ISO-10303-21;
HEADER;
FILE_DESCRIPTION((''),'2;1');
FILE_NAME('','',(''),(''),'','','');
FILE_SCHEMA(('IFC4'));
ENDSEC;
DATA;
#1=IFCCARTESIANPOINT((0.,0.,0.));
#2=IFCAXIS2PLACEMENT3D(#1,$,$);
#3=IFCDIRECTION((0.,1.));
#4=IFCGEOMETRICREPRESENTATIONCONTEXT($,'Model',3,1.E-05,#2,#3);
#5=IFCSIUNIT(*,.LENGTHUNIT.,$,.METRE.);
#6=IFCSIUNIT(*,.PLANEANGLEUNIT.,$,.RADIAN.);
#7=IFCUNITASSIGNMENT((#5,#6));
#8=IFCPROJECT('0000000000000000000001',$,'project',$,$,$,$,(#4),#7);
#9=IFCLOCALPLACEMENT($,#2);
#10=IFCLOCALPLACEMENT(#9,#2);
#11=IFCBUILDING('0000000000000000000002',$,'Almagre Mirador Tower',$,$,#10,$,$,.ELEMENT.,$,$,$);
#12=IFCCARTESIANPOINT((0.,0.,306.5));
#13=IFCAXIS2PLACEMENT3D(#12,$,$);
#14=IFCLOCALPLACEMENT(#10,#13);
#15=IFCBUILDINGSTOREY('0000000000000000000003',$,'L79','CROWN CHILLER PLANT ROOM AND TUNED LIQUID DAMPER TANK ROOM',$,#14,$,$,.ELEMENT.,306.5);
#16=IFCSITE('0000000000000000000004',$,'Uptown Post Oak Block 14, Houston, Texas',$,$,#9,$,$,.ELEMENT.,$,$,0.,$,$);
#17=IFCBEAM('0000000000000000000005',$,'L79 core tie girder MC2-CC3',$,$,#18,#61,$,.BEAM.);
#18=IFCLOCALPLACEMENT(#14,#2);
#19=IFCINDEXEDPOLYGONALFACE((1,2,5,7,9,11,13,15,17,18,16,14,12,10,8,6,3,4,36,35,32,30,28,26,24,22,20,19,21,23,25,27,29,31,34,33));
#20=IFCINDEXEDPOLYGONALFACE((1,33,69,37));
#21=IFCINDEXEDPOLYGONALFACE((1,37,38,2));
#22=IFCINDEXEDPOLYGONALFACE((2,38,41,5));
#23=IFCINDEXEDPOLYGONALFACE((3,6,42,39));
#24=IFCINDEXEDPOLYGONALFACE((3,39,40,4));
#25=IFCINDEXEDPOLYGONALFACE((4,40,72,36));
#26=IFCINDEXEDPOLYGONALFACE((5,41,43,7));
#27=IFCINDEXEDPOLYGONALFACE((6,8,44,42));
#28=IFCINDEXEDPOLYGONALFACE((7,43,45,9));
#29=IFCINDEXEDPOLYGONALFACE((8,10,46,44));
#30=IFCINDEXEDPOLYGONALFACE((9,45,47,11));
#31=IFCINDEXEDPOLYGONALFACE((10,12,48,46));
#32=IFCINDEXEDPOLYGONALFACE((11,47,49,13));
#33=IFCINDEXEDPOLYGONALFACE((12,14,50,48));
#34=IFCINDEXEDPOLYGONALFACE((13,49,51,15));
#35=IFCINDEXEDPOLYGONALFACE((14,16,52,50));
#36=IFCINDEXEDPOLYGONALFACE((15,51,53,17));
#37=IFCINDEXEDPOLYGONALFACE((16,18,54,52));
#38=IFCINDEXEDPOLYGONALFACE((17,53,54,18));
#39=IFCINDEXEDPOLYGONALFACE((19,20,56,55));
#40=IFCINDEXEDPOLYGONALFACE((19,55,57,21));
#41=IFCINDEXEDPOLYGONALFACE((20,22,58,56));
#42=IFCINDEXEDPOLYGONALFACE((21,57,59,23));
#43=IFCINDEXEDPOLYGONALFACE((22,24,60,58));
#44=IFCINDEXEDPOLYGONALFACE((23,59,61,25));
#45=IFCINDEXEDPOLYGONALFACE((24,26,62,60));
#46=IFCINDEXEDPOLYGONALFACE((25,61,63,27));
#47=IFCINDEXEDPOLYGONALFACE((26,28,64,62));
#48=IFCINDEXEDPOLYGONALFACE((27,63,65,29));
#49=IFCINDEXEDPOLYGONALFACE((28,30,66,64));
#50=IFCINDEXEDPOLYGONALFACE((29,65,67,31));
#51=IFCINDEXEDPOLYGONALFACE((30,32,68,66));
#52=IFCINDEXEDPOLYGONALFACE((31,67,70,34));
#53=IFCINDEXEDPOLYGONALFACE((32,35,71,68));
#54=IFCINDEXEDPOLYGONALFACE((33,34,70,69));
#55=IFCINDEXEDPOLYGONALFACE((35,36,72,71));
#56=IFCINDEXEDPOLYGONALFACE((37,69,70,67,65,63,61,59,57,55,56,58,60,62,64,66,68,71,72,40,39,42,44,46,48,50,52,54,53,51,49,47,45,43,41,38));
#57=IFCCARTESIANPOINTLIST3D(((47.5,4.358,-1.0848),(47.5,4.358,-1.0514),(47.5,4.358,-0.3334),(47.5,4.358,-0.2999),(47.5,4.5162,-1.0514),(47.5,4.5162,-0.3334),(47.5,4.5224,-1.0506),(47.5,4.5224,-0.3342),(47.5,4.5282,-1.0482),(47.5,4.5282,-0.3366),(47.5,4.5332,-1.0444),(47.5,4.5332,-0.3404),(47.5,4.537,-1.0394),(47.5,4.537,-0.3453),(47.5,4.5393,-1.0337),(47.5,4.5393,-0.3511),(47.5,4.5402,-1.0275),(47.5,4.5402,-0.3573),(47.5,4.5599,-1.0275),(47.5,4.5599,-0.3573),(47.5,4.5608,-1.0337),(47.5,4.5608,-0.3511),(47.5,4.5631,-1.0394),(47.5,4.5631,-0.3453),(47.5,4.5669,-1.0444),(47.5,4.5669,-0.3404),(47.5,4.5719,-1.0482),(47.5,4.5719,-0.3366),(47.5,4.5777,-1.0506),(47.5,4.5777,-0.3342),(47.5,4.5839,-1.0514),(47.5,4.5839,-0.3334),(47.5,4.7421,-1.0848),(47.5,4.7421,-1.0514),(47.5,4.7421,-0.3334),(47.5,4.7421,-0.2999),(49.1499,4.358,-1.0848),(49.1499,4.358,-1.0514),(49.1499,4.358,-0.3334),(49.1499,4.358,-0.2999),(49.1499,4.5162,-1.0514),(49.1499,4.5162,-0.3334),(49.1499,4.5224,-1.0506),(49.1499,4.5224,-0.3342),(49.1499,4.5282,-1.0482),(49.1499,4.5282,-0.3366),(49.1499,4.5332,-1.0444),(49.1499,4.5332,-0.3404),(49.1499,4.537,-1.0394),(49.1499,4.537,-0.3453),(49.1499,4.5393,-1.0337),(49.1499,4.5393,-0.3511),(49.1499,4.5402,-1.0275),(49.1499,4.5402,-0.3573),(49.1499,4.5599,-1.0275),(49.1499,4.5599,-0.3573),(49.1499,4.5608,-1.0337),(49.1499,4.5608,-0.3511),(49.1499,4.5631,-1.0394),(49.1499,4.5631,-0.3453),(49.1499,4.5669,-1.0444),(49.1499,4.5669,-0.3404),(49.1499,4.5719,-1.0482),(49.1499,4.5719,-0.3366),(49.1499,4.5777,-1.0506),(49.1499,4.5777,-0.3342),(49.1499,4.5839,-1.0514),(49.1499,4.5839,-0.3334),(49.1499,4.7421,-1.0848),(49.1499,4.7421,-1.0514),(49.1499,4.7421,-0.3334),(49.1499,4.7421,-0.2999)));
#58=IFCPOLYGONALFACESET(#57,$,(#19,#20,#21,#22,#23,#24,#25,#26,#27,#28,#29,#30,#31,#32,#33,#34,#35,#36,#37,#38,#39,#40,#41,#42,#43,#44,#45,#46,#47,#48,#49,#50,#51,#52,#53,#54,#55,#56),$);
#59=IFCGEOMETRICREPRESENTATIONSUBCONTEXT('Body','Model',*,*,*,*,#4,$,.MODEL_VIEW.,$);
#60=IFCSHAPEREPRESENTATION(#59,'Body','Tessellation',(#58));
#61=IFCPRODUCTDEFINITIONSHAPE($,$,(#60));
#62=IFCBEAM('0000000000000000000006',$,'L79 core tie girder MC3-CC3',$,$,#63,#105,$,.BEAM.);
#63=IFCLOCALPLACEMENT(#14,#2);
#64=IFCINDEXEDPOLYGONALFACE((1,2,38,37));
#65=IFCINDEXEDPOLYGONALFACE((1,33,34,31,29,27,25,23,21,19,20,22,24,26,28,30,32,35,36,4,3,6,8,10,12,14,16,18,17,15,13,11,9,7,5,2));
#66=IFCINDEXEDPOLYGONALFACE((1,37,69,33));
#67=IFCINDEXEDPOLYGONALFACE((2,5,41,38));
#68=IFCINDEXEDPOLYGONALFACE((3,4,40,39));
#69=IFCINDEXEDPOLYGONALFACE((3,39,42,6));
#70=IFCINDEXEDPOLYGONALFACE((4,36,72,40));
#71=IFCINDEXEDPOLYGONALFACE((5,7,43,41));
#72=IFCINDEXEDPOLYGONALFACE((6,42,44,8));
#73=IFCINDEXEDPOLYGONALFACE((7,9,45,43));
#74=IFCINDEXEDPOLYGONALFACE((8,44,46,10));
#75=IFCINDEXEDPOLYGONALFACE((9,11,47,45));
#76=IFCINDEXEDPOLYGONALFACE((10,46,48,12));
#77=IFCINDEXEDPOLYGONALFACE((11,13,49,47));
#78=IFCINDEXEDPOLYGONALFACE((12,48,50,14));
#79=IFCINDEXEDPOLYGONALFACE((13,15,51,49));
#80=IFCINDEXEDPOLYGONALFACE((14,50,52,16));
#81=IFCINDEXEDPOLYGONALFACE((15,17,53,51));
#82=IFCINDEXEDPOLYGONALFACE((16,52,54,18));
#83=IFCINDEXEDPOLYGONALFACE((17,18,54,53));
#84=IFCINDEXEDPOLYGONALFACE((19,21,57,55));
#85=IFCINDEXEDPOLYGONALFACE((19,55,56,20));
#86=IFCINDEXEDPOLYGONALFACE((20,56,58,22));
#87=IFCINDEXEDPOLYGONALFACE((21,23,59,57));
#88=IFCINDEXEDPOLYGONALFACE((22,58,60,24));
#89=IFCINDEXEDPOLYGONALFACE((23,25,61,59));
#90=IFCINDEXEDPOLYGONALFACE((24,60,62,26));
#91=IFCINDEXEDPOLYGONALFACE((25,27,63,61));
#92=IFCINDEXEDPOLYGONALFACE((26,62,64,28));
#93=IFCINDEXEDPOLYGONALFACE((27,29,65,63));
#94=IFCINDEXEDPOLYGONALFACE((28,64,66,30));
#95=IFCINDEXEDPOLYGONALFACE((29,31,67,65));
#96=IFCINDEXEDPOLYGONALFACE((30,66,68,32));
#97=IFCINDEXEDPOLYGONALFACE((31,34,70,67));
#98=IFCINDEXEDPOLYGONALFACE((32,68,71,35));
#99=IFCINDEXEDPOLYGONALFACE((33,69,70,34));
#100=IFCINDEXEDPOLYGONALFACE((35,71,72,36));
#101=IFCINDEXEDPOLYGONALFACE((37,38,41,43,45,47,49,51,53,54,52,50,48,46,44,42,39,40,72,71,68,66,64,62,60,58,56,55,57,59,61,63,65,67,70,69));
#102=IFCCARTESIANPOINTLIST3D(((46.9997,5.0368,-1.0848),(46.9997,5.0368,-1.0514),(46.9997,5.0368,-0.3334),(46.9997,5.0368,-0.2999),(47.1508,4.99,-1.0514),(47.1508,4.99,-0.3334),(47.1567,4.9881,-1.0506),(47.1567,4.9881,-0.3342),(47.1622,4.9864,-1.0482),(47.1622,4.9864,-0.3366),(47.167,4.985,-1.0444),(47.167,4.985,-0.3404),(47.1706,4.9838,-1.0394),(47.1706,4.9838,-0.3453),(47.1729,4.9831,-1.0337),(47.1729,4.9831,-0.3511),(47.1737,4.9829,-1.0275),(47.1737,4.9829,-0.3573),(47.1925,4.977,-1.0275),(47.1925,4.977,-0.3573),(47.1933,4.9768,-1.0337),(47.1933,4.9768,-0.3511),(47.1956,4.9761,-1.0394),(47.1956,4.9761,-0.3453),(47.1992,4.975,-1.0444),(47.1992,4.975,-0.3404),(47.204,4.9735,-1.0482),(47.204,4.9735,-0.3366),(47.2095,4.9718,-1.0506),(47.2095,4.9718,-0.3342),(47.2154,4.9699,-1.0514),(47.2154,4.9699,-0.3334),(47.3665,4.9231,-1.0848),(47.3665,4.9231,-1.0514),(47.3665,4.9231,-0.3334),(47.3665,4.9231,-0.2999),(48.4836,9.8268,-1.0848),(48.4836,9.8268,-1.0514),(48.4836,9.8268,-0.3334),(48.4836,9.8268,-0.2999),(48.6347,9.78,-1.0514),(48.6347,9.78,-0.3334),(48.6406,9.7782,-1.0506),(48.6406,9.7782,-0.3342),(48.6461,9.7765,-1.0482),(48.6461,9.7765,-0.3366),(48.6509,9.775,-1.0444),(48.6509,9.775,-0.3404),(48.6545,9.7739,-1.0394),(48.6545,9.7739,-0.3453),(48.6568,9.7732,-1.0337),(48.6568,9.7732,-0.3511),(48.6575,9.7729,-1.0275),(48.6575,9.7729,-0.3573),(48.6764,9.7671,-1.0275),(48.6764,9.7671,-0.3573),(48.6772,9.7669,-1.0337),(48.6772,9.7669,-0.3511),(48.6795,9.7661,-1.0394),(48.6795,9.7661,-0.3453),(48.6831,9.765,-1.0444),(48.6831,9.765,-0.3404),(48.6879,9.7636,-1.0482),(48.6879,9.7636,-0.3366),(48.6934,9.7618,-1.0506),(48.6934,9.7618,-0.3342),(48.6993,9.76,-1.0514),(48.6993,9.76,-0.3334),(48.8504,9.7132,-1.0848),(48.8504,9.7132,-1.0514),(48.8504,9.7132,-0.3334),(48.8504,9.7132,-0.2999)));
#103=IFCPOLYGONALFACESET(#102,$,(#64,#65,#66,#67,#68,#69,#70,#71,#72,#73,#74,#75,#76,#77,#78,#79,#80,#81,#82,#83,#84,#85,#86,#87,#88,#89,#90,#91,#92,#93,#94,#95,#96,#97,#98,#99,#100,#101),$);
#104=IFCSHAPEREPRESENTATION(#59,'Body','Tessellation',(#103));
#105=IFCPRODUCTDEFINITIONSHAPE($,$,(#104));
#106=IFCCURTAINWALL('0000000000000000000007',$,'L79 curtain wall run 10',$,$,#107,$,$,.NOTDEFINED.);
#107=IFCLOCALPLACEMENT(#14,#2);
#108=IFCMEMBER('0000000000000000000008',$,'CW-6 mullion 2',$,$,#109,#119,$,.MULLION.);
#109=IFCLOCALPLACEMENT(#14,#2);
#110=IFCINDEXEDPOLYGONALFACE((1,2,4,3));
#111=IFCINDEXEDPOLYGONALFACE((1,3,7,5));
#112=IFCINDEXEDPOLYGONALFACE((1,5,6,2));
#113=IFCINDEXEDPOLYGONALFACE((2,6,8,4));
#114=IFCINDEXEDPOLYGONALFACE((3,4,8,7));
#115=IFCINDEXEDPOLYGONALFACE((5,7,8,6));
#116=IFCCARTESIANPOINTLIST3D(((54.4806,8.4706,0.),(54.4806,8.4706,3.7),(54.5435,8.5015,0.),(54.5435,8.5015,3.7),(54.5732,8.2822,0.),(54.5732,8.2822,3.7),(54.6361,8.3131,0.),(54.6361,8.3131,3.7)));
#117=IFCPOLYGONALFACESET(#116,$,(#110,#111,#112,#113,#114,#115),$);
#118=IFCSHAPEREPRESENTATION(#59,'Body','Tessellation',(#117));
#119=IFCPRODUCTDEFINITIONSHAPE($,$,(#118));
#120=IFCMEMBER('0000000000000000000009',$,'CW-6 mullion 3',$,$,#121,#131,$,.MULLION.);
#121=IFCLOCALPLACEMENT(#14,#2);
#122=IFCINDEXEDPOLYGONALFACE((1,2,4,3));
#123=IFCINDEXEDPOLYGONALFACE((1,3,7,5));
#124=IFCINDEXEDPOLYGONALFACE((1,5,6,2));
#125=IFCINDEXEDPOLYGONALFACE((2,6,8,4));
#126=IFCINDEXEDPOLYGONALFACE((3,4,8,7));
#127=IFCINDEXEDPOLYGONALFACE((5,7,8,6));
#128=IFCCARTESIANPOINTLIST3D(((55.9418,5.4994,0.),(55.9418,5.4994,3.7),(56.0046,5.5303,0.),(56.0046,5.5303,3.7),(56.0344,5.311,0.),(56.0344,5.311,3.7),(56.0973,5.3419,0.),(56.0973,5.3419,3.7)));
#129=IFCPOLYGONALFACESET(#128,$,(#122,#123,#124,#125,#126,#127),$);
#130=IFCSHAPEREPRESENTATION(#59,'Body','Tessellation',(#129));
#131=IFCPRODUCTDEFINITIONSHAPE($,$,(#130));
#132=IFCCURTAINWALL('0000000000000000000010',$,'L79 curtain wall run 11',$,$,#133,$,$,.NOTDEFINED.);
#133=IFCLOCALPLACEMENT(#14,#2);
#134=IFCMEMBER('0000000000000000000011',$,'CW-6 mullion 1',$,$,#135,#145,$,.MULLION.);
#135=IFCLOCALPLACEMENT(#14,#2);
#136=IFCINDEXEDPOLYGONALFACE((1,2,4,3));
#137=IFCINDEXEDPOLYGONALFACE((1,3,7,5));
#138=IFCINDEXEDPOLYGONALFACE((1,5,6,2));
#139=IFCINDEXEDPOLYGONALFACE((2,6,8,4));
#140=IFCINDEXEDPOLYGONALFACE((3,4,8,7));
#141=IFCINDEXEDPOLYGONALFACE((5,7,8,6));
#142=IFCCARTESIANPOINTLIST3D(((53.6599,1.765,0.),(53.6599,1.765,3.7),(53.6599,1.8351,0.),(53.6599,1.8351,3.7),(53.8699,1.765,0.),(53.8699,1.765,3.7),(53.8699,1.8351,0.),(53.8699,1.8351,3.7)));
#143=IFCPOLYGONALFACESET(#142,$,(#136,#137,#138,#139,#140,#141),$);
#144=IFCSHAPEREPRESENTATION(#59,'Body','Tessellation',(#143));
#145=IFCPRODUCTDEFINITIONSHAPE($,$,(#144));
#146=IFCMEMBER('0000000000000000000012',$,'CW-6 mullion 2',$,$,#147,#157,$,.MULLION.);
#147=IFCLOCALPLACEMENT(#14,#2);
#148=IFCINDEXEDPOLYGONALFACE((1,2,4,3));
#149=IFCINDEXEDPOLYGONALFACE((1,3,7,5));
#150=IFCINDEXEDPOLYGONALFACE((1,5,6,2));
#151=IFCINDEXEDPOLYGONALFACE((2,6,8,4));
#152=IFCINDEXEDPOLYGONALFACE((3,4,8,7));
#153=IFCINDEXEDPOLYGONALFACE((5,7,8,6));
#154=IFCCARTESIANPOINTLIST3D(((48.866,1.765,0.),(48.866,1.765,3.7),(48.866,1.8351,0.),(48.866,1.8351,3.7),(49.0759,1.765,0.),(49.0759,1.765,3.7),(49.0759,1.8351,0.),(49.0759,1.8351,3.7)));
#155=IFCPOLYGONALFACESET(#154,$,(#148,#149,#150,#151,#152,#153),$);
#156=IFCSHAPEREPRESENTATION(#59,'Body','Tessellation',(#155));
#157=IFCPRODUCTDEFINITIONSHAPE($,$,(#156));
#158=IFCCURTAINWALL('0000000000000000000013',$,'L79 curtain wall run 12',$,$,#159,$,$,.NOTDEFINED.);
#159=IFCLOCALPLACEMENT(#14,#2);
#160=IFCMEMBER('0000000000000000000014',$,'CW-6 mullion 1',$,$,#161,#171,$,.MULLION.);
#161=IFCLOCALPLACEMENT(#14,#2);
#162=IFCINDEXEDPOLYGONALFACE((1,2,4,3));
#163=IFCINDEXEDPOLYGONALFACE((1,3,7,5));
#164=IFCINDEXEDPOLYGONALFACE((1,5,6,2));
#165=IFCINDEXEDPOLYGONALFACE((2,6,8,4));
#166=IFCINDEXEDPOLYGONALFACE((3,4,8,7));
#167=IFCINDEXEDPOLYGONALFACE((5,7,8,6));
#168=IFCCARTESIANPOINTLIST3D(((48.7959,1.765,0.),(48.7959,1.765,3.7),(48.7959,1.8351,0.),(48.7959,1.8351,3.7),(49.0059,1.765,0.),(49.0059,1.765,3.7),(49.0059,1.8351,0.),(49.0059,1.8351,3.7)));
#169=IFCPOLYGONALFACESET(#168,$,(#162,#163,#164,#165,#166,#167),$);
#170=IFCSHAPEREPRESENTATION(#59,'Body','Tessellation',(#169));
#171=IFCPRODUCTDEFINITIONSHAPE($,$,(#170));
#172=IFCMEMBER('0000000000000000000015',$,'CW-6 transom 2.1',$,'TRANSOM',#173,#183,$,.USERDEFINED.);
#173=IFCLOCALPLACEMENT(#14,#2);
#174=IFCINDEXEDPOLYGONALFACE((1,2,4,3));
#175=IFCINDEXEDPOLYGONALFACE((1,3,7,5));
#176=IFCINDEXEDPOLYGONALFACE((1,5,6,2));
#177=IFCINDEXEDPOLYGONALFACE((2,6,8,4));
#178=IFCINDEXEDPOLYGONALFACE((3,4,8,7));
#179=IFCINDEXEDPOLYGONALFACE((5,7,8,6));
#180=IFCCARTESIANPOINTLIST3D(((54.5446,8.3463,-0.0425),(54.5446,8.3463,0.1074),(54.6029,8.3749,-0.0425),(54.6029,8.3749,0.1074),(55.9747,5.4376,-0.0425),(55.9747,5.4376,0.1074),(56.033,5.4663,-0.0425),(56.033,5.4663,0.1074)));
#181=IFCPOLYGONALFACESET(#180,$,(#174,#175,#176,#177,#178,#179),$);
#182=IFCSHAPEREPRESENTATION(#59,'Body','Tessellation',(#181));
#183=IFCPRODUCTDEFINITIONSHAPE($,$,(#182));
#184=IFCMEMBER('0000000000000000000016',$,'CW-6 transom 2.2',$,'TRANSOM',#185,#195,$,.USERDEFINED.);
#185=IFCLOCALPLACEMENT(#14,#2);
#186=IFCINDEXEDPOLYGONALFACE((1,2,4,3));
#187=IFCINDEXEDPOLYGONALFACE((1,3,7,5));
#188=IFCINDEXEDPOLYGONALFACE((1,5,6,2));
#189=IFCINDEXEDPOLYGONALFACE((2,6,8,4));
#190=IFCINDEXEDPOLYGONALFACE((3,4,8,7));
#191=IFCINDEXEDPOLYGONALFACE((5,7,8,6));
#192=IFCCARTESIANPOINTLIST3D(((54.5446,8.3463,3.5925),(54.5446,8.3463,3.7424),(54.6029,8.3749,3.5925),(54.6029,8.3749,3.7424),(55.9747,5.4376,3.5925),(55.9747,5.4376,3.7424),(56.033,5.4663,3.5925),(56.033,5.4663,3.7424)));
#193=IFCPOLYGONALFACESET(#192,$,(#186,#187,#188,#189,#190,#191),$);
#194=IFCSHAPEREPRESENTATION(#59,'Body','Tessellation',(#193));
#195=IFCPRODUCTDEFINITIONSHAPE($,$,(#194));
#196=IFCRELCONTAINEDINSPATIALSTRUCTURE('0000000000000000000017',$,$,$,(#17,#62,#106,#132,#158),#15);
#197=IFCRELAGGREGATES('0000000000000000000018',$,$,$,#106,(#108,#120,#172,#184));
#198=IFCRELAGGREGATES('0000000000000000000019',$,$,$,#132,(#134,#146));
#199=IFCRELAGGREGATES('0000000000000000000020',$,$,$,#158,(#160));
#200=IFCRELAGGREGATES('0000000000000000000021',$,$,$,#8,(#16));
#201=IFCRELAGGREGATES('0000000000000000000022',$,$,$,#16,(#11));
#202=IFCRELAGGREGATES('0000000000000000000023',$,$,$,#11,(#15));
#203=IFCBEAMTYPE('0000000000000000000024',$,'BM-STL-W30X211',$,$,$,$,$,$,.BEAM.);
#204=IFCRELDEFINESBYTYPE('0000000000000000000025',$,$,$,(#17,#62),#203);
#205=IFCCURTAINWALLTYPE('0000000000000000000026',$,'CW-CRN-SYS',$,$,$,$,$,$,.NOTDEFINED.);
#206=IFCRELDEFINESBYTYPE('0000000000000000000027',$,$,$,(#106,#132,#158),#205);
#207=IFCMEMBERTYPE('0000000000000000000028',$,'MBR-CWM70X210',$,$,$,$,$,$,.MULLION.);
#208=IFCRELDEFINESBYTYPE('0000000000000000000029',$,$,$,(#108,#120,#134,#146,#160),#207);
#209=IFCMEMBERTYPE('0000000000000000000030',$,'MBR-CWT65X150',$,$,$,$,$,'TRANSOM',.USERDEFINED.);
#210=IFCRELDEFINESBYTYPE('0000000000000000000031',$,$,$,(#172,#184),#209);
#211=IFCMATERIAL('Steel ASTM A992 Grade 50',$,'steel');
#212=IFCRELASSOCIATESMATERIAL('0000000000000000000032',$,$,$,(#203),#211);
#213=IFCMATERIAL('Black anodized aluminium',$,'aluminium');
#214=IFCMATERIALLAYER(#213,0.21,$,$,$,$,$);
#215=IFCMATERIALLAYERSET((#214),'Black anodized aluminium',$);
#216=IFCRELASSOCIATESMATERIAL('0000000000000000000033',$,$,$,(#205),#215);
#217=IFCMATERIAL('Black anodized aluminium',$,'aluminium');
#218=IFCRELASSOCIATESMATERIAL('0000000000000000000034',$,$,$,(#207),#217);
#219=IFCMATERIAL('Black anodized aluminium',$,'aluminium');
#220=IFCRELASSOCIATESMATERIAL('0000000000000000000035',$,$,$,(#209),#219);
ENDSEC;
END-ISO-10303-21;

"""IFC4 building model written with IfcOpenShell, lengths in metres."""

from ifc_helpers import new_model, si_unit, direction, frame, origin, origin_2d, place, context, subcontext, project, spatial, rectangle, i_section, extrude, material, layer, layer_set, material_profile, profile_set, type_object, element, aggregate, save


model = new_model("IFC4")

# Units and contexts
model_context = context("Model", 3, precision=1e-05, world=origin(), true_north=direction((0.0, 1.0)))
body_context = subcontext(model_context, "Body", "Model", "MODEL_VIEW")
ifc_project = project(units=[si_unit("LENGTHUNIT", "METRE"), si_unit("PLANEANGLEUNIT", "RADIAN")], contexts=[model_context])

# Site, building, storey
site_placement = place(None, origin())
site = spatial("IfcSite", under=ifc_project, at=site_placement, Name="Uptown Post Oak Block 14, Houston, Texas", CompositionType="ELEMENT", RefElevation=0.0)
building_placement = place(site_placement, origin())
building = spatial("IfcBuilding", under=site, at=building_placement, Name="Almagre Mirador Tower", CompositionType="ELEMENT")
storey_placement = place(building_placement, frame((0.0, 0.0, 306.5)))
storey = spatial("IfcBuildingStorey", under=building, at=storey_placement, Name="L79", Description="CROWN CHILLER PLANT ROOM AND TUNED LIQUID DAMPER TANK ROOM", CompositionType="ELEMENT", Elevation=306.5)

# Beams
ifc_material_1 = material(Name="Steel ASTM A992 Grade 50", Category="steel")
ifc_material_profile_1 = material_profile(ifc_material_1, i_section(OverallWidth=0.384, OverallDepth=0.7849, WebThickness=0.0198, FlangeThickness=0.0334, FilletRadius=0.0239, at=origin_2d()), Name="W30X211")
ifc_profile_set_1 = profile_set([ifc_material_profile_1], Name="Steel ASTM A992 Grade 50")
beam_type_1 = type_object("IfcBeamType", Name="BM-STL-W30X211", PredefinedType="BEAM", material=ifc_profile_set_1)
beam_1_placement = place(storey_placement, frame((49.1499, 4.55, -0.6924), z_axis=(-1.0, 0.0, 0.0), x_axis=(0.0, -1.0, 0.0)))
element("IfcBeam", 1, at=beam_1_placement, inside=storey, type_object=beam_type_1, Name="L79 core tie girder MC2-CC3", PredefinedType="BEAM", context=body_context, shape_type="SweptSolid", body=[
    extrude(i_section(OverallWidth=0.384, OverallDepth=0.7849, WebThickness=0.0198, FlangeThickness=0.0334, FilletRadius=0.0239, at=origin_2d()), origin(), (0.0, 0.0, 1.0), 1.6499),
])
beam_2_placement = place(storey_placement, frame((48.667, 9.77, -0.6924), z_axis=(-0.295912, -0.955215, 0.0), x_axis=(0.955215, -0.295912, 0.0)))
element("IfcBeam", 2, at=beam_2_placement, inside=storey, type_object=beam_type_1, Name="L79 core tie girder MC3-CC3", PredefinedType="BEAM", context=body_context, shape_type="SweptSolid", body=[
    extrude(i_section(OverallWidth=0.384, OverallDepth=0.7849, WebThickness=0.0198, FlangeThickness=0.0334, FilletRadius=0.0239, at=origin_2d()), origin(), (0.0, 0.0, 1.0), 5.0146),
])

# Curtain walls, members
ifc_material_2 = material(Name="Black anodized aluminium", Category="aluminium")
ifc_layer_1 = layer(ifc_material_2, 0.21)
ifc_layer_set_1 = layer_set([ifc_layer_1], Name="Black anodized aluminium")
curtain_wall_type = type_object("IfcCurtainWallType", Name="CW-CRN-SYS", PredefinedType="NOTDEFINED", material=ifc_layer_set_1)
curtain_wall_1_placement = place(storey_placement, origin())
curtain_wall_1 = element("IfcCurtainWall", 3, at=curtain_wall_1_placement, inside=storey, type_object=curtain_wall_type, Name="L79 curtain wall run 10", PredefinedType="NOTDEFINED")
ifc_material_3 = material(Name="Black anodized aluminium", Category="aluminium")
ifc_material_profile_2 = material_profile(ifc_material_3, rectangle(XDim=0.0701, YDim=0.21, at=origin_2d()), Name="CWM70X210")
ifc_profile_set_2 = profile_set([ifc_material_profile_2], Name="Black anodized aluminium")
member_type_1 = type_object("IfcMemberType", Name="MBR-CWM70X210", PredefinedType="MULLION", material=ifc_profile_set_2)
member_1_placement = place(storey_placement, frame((54.5583, 8.3918, 0.0), z_axis=(0.0, 0.0, 1.0), x_axis=(0.89736, 0.441299, 0.0)))
member_1 = element("IfcMember", 4, at=member_1_placement, type_object=member_type_1, Name="CW-6 mullion 2", PredefinedType="MULLION", context=body_context, shape_type="SweptSolid", body=[
    extrude(rectangle(XDim=0.0701, YDim=0.21, at=origin_2d()), origin(), (0.0, 0.0, 1.0), 3.7),
])
member_2_placement = place(storey_placement, frame((56.0195, 5.4207, 0.0), z_axis=(0.0, 0.0, 1.0), x_axis=(0.89736, 0.441299, 0.0)))
member_2 = element("IfcMember", 5, at=member_2_placement, type_object=member_type_1, Name="CW-6 mullion 3", PredefinedType="MULLION", context=body_context, shape_type="SweptSolid", body=[
    extrude(rectangle(XDim=0.0701, YDim=0.21, at=origin_2d()), origin(), (0.0, 0.0, 1.0), 3.7),
])
curtain_wall_2_placement = place(storey_placement, origin())
curtain_wall_2 = element("IfcCurtainWall", 6, at=curtain_wall_2_placement, inside=storey, type_object=curtain_wall_type, Name="L79 curtain wall run 11", PredefinedType="NOTDEFINED")
member_3_placement = place(storey_placement, frame((53.7649, 1.8, 0.0), z_axis=(0.0, 0.0, 1.0), x_axis=(0.0, -1.0, 0.0)))
member_3 = element("IfcMember", 7, at=member_3_placement, type_object=member_type_1, Name="CW-6 mullion 1", PredefinedType="MULLION", context=body_context, shape_type="SweptSolid", body=[
    extrude(rectangle(XDim=0.0701, YDim=0.21, at=origin_2d()), origin(), (0.0, 0.0, 1.0), 3.7),
])
member_4_placement = place(storey_placement, frame((48.9709, 1.8, 0.0), z_axis=(0.0, 0.0, 1.0), x_axis=(0.0, -1.0, 0.0)))
member_4 = element("IfcMember", 8, at=member_4_placement, type_object=member_type_1, Name="CW-6 mullion 2", PredefinedType="MULLION", context=body_context, shape_type="SweptSolid", body=[
    extrude(rectangle(XDim=0.0701, YDim=0.21, at=origin_2d()), origin(), (0.0, 0.0, 1.0), 3.7),
])

# Curtain wall, member
curtain_wall_3_placement = place(storey_placement, origin())
curtain_wall_3 = element("IfcCurtainWall", 9, at=curtain_wall_3_placement, inside=storey, type_object=curtain_wall_type, Name="L79 curtain wall run 12", PredefinedType="NOTDEFINED")
member_5_placement = place(storey_placement, frame((48.9009, 1.8, 0.0), z_axis=(0.0, 0.0, 1.0), x_axis=(0.0, -1.0, 0.0)))
member_5 = element("IfcMember", 10, at=member_5_placement, type_object=member_type_1, Name="CW-6 mullion 1", PredefinedType="MULLION", context=body_context, shape_type="SweptSolid", body=[
    extrude(rectangle(XDim=0.0701, YDim=0.21, at=origin_2d()), origin(), (0.0, 0.0, 1.0), 3.7),
])

# Members
ifc_material_4 = material(Name="Black anodized aluminium", Category="aluminium")
ifc_material_profile_3 = material_profile(ifc_material_4, rectangle(XDim=0.0649, YDim=0.1499, at=origin_2d()), Name="CWT65X150")
ifc_profile_set_3 = profile_set([ifc_material_profile_3], Name="Black anodized aluminium")
member_type_2 = type_object("IfcMemberType", Name="MBR-CWT65X150", ElementType="TRANSOM", PredefinedType="USERDEFINED", material=ifc_profile_set_3)
member_6_placement = place(storey_placement, frame((54.5737, 8.3606, 0.0325), z_axis=(0.441238, -0.89739, 0.0), x_axis=(0.89739, 0.441238, 0.0)))
member_6 = element("IfcMember", 11, at=member_6_placement, type_object=member_type_2, Name="CW-6 transom 2.1", ObjectType="TRANSOM", PredefinedType="USERDEFINED", context=body_context, shape_type="SweptSolid", body=[
    extrude(rectangle(XDim=0.0649, YDim=0.1499, at=origin_2d()), origin(), (0.0, 0.0, 1.0), 3.2412),
])
member_7_placement = place(storey_placement, frame((54.5737, 8.3606, 3.6675), z_axis=(0.441238, -0.89739, 0.0), x_axis=(0.89739, 0.441238, 0.0)))
member_7 = element("IfcMember", 12, at=member_7_placement, type_object=member_type_2, Name="CW-6 transom 2.2", ObjectType="TRANSOM", PredefinedType="USERDEFINED", context=body_context, shape_type="SweptSolid", body=[
    extrude(rectangle(XDim=0.0649, YDim=0.1499, at=origin_2d()), origin(), (0.0, 0.0, 1.0), 3.2412),
])

aggregate(curtain_wall_1, [member_1, member_2, member_6, member_7])
aggregate(curtain_wall_2, [member_3, member_4])
aggregate(curtain_wall_3, [member_5])

save(model, "model.ifc")
